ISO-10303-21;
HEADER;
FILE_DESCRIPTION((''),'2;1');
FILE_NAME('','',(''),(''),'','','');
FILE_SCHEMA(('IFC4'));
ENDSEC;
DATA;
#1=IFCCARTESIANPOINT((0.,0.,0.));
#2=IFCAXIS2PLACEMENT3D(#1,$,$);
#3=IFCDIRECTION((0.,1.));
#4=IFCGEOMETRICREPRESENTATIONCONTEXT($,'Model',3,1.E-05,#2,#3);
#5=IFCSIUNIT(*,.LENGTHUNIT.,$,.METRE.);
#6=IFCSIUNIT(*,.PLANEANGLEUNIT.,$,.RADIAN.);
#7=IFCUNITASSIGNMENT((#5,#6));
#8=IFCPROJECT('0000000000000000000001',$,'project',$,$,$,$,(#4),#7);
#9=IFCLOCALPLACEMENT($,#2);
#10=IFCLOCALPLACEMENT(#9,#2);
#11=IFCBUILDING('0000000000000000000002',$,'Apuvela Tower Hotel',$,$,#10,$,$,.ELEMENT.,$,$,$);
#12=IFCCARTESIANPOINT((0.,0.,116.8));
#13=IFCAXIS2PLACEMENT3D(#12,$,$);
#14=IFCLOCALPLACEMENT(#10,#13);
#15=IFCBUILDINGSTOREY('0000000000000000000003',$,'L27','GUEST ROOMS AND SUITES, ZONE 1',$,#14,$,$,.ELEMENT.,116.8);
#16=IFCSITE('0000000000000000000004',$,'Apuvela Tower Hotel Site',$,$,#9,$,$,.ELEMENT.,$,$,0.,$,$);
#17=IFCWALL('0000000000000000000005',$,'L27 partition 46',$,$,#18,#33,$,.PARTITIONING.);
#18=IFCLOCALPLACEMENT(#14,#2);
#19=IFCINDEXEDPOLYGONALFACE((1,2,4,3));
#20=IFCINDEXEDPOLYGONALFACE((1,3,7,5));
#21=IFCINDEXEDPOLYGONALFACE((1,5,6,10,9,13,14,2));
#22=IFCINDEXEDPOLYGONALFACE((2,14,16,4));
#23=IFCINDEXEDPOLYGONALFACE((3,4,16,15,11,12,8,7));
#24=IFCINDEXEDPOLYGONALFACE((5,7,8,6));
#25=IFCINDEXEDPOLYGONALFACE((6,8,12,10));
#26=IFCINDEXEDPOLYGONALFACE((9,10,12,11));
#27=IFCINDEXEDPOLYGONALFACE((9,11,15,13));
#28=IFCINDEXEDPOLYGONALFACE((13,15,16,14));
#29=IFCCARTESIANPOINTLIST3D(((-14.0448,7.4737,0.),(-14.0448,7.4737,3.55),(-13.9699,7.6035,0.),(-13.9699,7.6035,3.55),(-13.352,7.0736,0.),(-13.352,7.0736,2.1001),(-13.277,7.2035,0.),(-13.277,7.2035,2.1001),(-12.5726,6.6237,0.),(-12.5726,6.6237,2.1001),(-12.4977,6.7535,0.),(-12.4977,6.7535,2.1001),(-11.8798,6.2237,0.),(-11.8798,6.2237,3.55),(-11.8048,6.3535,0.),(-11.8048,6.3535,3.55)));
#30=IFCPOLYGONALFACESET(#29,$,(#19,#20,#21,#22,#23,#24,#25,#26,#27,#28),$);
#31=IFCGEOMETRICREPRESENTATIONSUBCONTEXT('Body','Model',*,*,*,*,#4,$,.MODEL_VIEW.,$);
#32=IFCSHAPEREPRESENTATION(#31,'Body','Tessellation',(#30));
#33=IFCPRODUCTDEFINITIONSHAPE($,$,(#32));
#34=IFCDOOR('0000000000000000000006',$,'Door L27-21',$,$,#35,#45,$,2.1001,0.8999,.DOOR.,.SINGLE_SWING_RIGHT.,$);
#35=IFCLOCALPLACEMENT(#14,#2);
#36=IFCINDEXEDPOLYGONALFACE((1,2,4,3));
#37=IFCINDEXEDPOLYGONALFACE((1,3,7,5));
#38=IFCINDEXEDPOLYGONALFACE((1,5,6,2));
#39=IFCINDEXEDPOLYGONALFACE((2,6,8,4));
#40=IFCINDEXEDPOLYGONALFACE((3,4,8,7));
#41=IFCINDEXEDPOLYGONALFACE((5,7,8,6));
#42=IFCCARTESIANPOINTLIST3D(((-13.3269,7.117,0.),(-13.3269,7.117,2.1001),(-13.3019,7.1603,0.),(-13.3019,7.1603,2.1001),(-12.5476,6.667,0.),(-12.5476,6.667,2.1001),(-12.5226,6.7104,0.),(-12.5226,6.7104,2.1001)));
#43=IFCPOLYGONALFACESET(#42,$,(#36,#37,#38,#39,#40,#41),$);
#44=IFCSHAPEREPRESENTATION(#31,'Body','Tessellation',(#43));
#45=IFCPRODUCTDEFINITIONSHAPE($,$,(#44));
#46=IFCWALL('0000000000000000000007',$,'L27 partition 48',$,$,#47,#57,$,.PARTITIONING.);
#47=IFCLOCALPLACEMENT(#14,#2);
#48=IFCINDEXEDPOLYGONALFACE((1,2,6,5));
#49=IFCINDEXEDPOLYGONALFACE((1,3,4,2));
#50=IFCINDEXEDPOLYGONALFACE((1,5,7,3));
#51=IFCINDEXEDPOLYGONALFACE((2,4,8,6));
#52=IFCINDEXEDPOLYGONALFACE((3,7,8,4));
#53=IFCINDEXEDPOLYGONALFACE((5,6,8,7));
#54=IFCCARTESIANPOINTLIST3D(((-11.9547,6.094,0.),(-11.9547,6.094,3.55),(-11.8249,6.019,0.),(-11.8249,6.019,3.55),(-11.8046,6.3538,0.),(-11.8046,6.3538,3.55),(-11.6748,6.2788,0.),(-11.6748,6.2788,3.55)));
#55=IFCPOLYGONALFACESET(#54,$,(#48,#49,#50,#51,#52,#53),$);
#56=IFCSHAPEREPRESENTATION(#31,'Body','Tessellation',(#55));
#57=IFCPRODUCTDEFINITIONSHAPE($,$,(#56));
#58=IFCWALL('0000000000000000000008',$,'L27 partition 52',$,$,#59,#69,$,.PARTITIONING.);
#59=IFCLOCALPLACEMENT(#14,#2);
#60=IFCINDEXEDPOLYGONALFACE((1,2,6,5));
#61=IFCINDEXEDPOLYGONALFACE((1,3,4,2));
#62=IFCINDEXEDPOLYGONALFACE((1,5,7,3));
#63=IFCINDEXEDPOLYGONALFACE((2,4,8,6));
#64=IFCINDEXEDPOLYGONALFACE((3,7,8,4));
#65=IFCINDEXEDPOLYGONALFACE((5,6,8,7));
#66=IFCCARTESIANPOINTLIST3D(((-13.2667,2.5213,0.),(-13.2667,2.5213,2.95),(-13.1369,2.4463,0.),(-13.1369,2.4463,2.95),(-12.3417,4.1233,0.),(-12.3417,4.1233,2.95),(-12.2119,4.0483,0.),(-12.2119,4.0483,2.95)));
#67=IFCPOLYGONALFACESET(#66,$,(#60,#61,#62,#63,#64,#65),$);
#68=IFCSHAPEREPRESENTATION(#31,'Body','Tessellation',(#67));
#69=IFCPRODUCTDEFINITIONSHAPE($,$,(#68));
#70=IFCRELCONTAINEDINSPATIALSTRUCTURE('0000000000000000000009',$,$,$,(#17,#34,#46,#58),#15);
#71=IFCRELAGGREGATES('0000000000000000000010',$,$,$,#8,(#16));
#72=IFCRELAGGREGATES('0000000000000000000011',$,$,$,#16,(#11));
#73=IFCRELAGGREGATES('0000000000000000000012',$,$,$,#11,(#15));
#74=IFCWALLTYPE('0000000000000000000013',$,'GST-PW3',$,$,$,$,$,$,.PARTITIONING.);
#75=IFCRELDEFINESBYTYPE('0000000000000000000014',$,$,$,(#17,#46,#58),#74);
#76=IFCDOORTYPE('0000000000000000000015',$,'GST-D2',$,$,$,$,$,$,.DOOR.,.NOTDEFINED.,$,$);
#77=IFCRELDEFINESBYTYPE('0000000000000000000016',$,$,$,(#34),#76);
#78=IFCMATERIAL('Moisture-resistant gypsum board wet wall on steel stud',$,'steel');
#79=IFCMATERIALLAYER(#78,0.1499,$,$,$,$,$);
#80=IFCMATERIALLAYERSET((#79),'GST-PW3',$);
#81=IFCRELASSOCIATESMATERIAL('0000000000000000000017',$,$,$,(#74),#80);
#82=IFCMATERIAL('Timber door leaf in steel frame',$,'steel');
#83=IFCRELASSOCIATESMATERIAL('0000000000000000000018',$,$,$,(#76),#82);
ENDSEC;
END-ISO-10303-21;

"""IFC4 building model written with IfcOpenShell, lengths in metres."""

from ifc_helpers import new_model, si_unit, direction, frame, frame_2d, origin, place, context, subcontext, project, spatial, rectangle, extrude, material, layer, layer_set, type_object, element, fill, save


model = new_model("IFC4")

# Units and contexts
model_context = context("Model", 3, precision=1e-05, world=origin(), true_north=direction((0.0, 1.0)))
body_context = subcontext(model_context, "Body", "Model", "MODEL_VIEW")
ifc_project = project(units=[si_unit("LENGTHUNIT", "METRE"), si_unit("PLANEANGLEUNIT", "RADIAN")], contexts=[model_context])

# Site, building, storey
site_placement = place(None, origin())
site = spatial("IfcSite", under=ifc_project, at=site_placement, Name="Apuvela Tower Hotel Site", CompositionType="ELEMENT", RefElevation=0.0)
building_placement = place(site_placement, origin())
building = spatial("IfcBuilding", under=site, at=building_placement, Name="Apuvela Tower Hotel", CompositionType="ELEMENT")
storey_placement = place(building_placement, frame((0.0, 0.0, 116.8)))
storey = spatial("IfcBuildingStorey", under=building, at=storey_placement, Name="L27", Description="GUEST ROOMS AND SUITES, ZONE 1", CompositionType="ELEMENT", Elevation=116.8)

# Shared definitions
ifc_material_1 = material(Name="Timber door leaf in steel frame", Category="steel")
ifc_material_2 = material(Name="Moisture-resistant gypsum board wet wall on steel stud", Category="steel")
ifc_layer_1 = layer(ifc_material_2, 0.1499)
ifc_layer_set_1 = layer_set([ifc_layer_1], Name="GST-PW3")
wall_type_1 = type_object("IfcWallType", Name="GST-PW3", PredefinedType="PARTITIONING", material=ifc_layer_set_1)
door_type_1 = type_object("IfcDoorType", Name="GST-D2", OperationType="NOTDEFINED", PredefinedType="DOOR", material=ifc_material_1)

# Wall, opening, door
wall_1_placement = place(storey_placement, frame((-11.8423, 6.2886, 0.0), z_axis=(0.0, 0.0, 1.0), x_axis=(-0.866023, 0.500004, 0.0)))
wall_1 = element("IfcWall", 1, at=wall_1_placement, inside=storey, type_object=wall_type_1, Name="L27 partition 46", PredefinedType="PARTITIONING", context=body_context, shape_type="SweptSolid", body=[
    extrude(rectangle(XDim=2.5, YDim=0.1499, at=frame_2d((1.25, 0.0))), origin(), (0.0, 0.0, 1.0), 3.55),
])
opening_1_placement = place(wall_1_placement, frame((0.8, 0.0, 0.0)))
opening_1 = element("IfcOpeningElement", 2, at=opening_1_placement, cuts=wall_1, PredefinedType="OPENING", context=body_context, shape_type="SweptSolid", body=[
    extrude(rectangle(XDim=0.8999, YDim=2.1001, at=frame_2d((0.45, 1.05))), frame((0.0, 0.085, 0.0), z_axis=(0.0, -1.0, 0.0), x_axis=(1.0, 0.0, 0.0)), (0.0, 0.0, 1.0), 0.1699),
])
door_1_placement = place(opening_1_placement, origin())
door_1 = element("IfcDoor", 3, at=door_1_placement, inside=storey, type_object=door_type_1, Name="Door L27-21", OperationType="SINGLE_SWING_RIGHT", OverallHeight=2.1001, OverallWidth=0.8999, PredefinedType="DOOR", context=body_context, shape_type="SweptSolid", body=[
    extrude(rectangle(XDim=0.8999, YDim=2.1001, at=frame_2d((0.45, 1.05))), frame((0.0, 0.0249, 0.0), z_axis=(0.0, -1.0, 0.0), x_axis=(1.0, 0.0, 0.0)), (0.0, 0.0, 1.0), 0.05),
])
fill(opening_1, door_1)

# Walls
wall_2_placement = place(storey_placement, frame((-11.7397, 6.3162, 0.0), z_axis=(0.0, 0.0, 1.0), x_axis=(-0.500427, -0.865779, 0.0)))
element("IfcWall", 4, at=wall_2_placement, inside=storey, type_object=wall_type_1, Name="L27 partition 48", PredefinedType="PARTITIONING", context=body_context, shape_type="SweptSolid", body=[
    extrude(rectangle(XDim=0.3, YDim=0.1499, at=frame_2d((0.1499, 0.0))), origin(), (0.0, 0.0, 1.0), 3.55),
])
wall_3_placement = place(storey_placement, frame((-12.2769, 4.0857, 0.0), z_axis=(0.0, 0.0, 1.0), x_axis=(-0.500042, -0.866001, 0.0)))
element("IfcWall", 5, at=wall_3_placement, inside=storey, type_object=wall_type_1, Name="L27 partition 52", PredefinedType="PARTITIONING", context=body_context, shape_type="SweptSolid", body=[
    extrude(rectangle(XDim=1.8499, YDim=0.1499, at=frame_2d((0.9248, 0.0))), origin(), (0.0, 0.0, 1.0), 2.95),
])

save(model, "model.ifc")
